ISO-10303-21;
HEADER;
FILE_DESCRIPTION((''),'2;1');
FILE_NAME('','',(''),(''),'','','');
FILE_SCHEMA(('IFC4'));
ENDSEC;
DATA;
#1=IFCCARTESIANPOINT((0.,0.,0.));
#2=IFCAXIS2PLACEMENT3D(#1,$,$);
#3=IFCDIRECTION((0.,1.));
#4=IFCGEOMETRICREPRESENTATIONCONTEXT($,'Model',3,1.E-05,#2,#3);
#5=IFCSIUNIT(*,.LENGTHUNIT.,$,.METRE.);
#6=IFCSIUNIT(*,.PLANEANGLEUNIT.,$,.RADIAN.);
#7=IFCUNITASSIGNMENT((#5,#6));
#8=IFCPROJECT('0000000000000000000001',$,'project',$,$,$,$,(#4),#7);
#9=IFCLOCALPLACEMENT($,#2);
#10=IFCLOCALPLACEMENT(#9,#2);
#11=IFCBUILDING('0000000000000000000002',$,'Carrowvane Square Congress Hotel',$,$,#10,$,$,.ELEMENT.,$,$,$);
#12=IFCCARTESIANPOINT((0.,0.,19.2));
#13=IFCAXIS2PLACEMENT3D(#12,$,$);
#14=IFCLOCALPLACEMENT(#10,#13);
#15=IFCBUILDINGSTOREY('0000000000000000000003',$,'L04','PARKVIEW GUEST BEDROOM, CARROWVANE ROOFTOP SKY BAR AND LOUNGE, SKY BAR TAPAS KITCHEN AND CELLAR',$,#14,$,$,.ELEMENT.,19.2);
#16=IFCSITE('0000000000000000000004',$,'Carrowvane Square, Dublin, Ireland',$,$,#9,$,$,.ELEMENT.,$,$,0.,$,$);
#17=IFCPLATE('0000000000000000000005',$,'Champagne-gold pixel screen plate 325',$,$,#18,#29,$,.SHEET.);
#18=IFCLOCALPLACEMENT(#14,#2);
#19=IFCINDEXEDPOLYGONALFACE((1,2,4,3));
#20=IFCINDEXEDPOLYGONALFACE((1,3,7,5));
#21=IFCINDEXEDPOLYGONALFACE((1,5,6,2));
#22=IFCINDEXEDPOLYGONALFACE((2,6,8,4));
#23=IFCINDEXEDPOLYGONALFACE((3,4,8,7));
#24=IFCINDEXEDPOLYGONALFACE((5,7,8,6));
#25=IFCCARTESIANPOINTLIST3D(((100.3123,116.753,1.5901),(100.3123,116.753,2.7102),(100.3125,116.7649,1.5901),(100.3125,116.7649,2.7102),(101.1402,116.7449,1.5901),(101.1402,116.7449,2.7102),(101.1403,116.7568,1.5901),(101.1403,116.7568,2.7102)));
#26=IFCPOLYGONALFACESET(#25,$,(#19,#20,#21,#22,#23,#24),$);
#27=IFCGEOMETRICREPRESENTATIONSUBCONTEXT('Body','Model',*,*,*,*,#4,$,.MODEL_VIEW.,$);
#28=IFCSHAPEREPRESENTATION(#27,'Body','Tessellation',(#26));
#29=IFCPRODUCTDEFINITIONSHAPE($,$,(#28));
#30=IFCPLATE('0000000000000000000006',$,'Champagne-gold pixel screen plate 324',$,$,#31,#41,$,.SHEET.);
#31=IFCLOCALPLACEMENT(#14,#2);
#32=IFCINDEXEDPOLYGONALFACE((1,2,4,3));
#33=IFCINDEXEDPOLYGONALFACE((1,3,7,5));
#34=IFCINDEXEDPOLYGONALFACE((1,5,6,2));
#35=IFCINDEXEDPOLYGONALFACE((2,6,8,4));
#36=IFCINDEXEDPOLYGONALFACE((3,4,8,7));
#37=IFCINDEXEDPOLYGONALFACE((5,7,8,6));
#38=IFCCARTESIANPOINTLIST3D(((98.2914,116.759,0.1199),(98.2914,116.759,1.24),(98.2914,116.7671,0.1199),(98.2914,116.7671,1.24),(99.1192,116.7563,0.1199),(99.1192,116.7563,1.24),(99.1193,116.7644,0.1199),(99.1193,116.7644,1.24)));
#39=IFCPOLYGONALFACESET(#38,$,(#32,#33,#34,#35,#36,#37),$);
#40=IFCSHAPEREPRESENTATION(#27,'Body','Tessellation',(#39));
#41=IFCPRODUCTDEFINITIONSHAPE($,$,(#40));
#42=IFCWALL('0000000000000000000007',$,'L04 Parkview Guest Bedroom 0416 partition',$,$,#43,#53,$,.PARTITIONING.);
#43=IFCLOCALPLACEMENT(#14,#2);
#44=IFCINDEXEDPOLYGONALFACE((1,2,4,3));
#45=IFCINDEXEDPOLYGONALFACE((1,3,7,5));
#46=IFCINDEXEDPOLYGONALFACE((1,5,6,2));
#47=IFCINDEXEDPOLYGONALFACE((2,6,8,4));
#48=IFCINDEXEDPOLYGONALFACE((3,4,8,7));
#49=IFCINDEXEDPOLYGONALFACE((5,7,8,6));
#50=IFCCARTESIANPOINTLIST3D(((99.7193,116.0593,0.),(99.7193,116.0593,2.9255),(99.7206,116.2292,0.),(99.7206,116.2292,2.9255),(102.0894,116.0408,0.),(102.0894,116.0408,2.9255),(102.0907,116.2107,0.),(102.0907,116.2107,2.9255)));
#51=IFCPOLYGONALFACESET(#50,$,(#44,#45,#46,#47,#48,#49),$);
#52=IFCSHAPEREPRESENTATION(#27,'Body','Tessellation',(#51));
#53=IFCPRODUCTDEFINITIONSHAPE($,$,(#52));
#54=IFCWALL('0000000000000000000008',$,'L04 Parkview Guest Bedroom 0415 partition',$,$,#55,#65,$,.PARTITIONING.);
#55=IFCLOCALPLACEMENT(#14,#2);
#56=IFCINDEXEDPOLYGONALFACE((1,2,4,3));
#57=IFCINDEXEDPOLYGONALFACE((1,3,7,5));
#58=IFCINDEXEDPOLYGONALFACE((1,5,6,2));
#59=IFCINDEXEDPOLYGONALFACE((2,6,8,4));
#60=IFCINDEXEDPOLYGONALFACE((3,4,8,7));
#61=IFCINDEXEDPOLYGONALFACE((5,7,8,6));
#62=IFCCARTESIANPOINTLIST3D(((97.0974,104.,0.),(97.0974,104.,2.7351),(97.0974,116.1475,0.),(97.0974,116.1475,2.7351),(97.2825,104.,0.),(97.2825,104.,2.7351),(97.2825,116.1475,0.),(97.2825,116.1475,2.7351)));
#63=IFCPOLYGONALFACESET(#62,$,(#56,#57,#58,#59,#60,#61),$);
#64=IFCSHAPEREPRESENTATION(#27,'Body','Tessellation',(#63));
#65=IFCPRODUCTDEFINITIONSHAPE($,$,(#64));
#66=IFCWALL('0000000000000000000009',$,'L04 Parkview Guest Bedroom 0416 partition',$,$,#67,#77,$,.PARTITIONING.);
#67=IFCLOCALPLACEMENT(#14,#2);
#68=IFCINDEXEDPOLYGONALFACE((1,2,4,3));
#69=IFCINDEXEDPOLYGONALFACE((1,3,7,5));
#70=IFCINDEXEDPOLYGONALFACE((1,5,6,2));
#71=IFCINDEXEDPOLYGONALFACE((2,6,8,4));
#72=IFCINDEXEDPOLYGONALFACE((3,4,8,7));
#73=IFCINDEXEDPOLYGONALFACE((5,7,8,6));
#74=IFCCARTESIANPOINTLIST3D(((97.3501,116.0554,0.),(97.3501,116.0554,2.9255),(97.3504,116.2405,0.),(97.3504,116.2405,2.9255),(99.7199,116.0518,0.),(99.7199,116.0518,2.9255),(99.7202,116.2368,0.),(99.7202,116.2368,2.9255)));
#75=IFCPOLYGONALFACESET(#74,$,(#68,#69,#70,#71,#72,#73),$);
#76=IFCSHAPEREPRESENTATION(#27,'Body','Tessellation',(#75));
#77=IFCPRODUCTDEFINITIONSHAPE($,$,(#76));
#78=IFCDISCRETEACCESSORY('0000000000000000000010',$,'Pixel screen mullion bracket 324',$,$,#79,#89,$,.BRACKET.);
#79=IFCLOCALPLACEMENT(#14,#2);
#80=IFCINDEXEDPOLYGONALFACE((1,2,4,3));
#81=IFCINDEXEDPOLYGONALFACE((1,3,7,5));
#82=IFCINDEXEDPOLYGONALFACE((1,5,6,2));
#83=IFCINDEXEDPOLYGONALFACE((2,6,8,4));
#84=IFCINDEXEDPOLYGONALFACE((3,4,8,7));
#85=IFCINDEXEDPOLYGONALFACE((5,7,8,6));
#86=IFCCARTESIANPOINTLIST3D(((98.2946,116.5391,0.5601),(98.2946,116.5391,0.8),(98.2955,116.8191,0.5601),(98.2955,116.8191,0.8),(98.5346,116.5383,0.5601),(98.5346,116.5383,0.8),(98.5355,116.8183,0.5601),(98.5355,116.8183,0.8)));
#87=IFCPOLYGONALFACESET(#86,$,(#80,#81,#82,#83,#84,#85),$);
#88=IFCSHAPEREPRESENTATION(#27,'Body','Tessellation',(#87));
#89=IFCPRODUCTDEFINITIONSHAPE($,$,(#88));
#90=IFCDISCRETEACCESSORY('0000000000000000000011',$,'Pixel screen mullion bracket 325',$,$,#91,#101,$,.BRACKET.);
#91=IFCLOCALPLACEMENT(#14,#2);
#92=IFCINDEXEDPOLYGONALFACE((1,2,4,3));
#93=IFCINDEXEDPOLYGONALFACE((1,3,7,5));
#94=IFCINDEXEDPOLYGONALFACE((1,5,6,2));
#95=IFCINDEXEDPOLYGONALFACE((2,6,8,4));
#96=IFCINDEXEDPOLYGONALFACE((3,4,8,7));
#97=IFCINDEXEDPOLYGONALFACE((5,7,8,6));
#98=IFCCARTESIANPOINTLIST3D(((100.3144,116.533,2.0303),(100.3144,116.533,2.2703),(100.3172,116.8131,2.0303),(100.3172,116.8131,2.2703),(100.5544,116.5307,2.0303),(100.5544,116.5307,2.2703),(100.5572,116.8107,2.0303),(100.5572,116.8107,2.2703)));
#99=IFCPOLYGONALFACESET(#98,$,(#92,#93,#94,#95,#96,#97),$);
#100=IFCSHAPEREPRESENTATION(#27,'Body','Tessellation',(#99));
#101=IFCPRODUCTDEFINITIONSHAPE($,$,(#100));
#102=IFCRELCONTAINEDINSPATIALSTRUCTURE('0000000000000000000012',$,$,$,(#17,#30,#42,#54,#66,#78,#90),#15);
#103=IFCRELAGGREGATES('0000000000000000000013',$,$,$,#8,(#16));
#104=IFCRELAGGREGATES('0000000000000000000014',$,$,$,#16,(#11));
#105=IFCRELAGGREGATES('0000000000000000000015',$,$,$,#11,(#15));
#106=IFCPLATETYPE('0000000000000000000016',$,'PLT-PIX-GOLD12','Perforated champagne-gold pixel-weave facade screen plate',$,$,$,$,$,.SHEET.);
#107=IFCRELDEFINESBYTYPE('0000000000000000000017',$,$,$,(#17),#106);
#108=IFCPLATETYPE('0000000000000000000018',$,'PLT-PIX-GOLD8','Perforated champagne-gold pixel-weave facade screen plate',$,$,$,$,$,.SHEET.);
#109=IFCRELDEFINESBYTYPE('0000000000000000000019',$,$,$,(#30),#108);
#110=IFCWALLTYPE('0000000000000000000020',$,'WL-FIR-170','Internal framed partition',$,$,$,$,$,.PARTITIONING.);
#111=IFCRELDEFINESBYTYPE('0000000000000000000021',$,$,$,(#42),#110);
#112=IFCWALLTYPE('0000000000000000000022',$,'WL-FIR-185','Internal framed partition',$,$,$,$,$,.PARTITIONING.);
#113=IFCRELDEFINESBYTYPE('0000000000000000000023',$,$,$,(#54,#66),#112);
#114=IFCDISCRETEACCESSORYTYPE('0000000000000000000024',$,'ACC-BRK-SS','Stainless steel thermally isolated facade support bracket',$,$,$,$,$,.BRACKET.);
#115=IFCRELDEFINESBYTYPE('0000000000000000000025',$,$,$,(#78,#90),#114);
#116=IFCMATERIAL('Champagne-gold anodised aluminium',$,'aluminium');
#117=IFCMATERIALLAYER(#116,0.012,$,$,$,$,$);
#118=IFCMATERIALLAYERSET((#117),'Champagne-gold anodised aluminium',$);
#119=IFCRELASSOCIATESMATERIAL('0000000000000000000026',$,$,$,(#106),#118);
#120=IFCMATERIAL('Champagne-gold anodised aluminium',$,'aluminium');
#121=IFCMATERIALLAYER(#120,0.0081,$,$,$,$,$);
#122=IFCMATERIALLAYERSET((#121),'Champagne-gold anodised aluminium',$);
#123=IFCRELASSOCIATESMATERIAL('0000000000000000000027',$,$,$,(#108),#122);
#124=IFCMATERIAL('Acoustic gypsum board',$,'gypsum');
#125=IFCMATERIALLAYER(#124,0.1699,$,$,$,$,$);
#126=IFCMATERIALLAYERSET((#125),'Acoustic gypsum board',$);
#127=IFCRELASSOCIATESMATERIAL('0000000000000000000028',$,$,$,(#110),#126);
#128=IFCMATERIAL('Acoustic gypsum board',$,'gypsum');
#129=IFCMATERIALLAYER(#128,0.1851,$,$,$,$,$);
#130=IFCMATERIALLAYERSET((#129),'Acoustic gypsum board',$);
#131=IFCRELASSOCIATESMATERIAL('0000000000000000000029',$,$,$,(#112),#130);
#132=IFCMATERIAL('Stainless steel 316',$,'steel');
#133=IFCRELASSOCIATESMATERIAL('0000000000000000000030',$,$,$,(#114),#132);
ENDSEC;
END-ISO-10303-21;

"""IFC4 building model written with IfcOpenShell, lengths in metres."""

from ifc_helpers import new_model, si_unit, direction, frame, frame_2d, origin, origin_2d, place, context, subcontext, project, spatial, rectangle, extrude, material, layer, layer_set, type_object, element, save


model = new_model("IFC4")

# Units and contexts
model_context = context("Model", 3, precision=1e-05, world=origin(), true_north=direction((0.0, 1.0)))
body_context = subcontext(model_context, "Body", "Model", "MODEL_VIEW")
ifc_project = project(units=[si_unit("LENGTHUNIT", "METRE"), si_unit("PLANEANGLEUNIT", "RADIAN")], contexts=[model_context])

# Site, building, storey
site_placement = place(None, origin())
site = spatial("IfcSite", under=ifc_project, at=site_placement, Name="Carrowvane Square, Dublin, Ireland", CompositionType="ELEMENT", RefElevation=0.0)
building_placement = place(site_placement, origin())
building = spatial("IfcBuilding", under=site, at=building_placement, Name="Carrowvane Square Congress Hotel", CompositionType="ELEMENT")
storey_placement = place(building_placement, frame((0.0, 0.0, 19.2)))
storey = spatial("IfcBuildingStorey", under=building, at=storey_placement, Name="L04", Description="PARKVIEW GUEST BEDROOM, CARROWVANE ROOFTOP SKY BAR AND LOUNGE, SKY BAR TAPAS KITCHEN AND CELLAR", CompositionType="ELEMENT", Elevation=19.2)

# Plates
ifc_material_1 = material(Name="Champagne-gold anodised aluminium", Category="aluminium")
ifc_layer_1 = layer(ifc_material_1, 0.012)
ifc_layer_set_1 = layer_set([ifc_layer_1], Name="Champagne-gold anodised aluminium")
plate_type_1 = type_object("IfcPlateType", Name="PLT-PIX-GOLD12", Description="Perforated champagne-gold pixel-weave facade screen plate", PredefinedType="SHEET", material=ifc_layer_set_1)
plate_1_placement = place(storey_placement, frame((100.7263, 116.7549, 1.5901), z_axis=(0.0, 0.0, 1.0), x_axis=(0.999952, -0.009782, 0.0)))
element("IfcPlate", 1, at=plate_1_placement, inside=storey, type_object=plate_type_1, Name="Champagne-gold pixel screen plate 325", PredefinedType="SHEET", context=body_context, shape_type="SweptSolid", body=[
    extrude(rectangle(XDim=0.8279, YDim=0.012, at=origin_2d()), origin(), (0.0, 0.0, 1.0), 1.1201),
])
ifc_material_2 = material(Name="Champagne-gold anodised aluminium", Category="aluminium")
ifc_layer_2 = layer(ifc_material_2, 0.0081)
ifc_layer_set_2 = layer_set([ifc_layer_2], Name="Champagne-gold anodised aluminium")
plate_type_2 = type_object("IfcPlateType", Name="PLT-PIX-GOLD8", Description="Perforated champagne-gold pixel-weave facade screen plate", PredefinedType="SHEET", material=ifc_layer_set_2)
plate_2_placement = place(storey_placement, frame((98.7053, 116.7617, 0.1199), z_axis=(0.0, 0.0, 1.0), x_axis=(0.999995, -0.00327, 0.0)))
element("IfcPlate", 2, at=plate_2_placement, inside=storey, type_object=plate_type_2, Name="Champagne-gold pixel screen plate 324", PredefinedType="SHEET", context=body_context, shape_type="SweptSolid", body=[
    extrude(rectangle(XDim=0.8279, YDim=0.0081, at=origin_2d()), origin(), (0.0, 0.0, 1.0), 1.1201),
])

# Walls
ifc_material_3 = material(Name="Acoustic gypsum board", Category="gypsum")
ifc_layer_3 = layer(ifc_material_3, 0.1699)
ifc_layer_set_3 = layer_set([ifc_layer_3], Name="Acoustic gypsum board")
wall_type_1 = type_object("IfcWallType", Name="WL-FIR-170", Description="Internal framed partition", PredefinedType="PARTITIONING", material=ifc_layer_set_3)
wall_1_placement = place(storey_placement, frame((99.72, 116.1443, 0.0), z_axis=(0.0, 0.0, 1.0), x_axis=(0.999969, -0.007828, 0.0)))
element("IfcWall", 3, at=wall_1_placement, inside=storey, type_object=wall_type_1, Name="L04 Parkview Guest Bedroom 0416 partition", PredefinedType="PARTITIONING", context=body_context, shape_type="SweptSolid", body=[
    extrude(rectangle(XDim=2.3701, YDim=0.1699, at=frame_2d((1.1851, 0.0))), origin(), (0.0, 0.0, 1.0), 2.9255),
])
ifc_material_4 = material(Name="Acoustic gypsum board", Category="gypsum")
ifc_layer_4 = layer(ifc_material_4, 0.1851)
ifc_layer_set_4 = layer_set([ifc_layer_4], Name="Acoustic gypsum board")
wall_type_2 = type_object("IfcWallType", Name="WL-FIR-185", Description="Internal framed partition", PredefinedType="PARTITIONING", material=ifc_layer_set_4)
wall_2_placement = place(storey_placement, frame((97.1899, 116.1475, 0.0), z_axis=(0.0, 0.0, 1.0), x_axis=(0.0, -1.0, 0.0)))
element("IfcWall", 4, at=wall_2_placement, inside=storey, type_object=wall_type_2, Name="L04 Parkview Guest Bedroom 0415 partition", PredefinedType="PARTITIONING", context=body_context, shape_type="SweptSolid", body=[
    extrude(rectangle(XDim=12.1475, YDim=0.1851, at=frame_2d((6.0737, 0.0))), origin(), (0.0, 0.0, 1.0), 2.7351),
])
wall_3_placement = place(storey_placement, frame((97.3501, 116.1479, 0.0), z_axis=(0.0, 0.0, 1.0), x_axis=(0.999999, -0.001545, 0.0)))
element("IfcWall", 5, at=wall_3_placement, inside=storey, type_object=wall_type_2, Name="L04 Parkview Guest Bedroom 0416 partition", PredefinedType="PARTITIONING", context=body_context, shape_type="SweptSolid", body=[
    extrude(rectangle(XDim=2.3699, YDim=0.1851, at=frame_2d((1.1851, 0.0))), origin(), (0.0, 0.0, 1.0), 2.9255),
])

# Discrete accessories
ifc_material_5 = material(Name="Stainless steel 316", Category="steel")
discrete_accessory_type = type_object("IfcDiscreteAccessoryType", Name="ACC-BRK-SS", Description="Stainless steel thermally isolated facade support bracket", PredefinedType="BRACKET", material=ifc_material_5)
for number, where, z_axis, x_axis, name in (
    (6, (98.415, 116.6787, 0.5601), (0.0, 0.0, 1.0), (0.999995, -0.00327, 0.0), "Pixel screen mullion bracket 324"),
    (7, (100.4358, 116.6719, 2.0303), (0.0, 0.0, 1.0), (0.999952, -0.009782, 0.0), "Pixel screen mullion bracket 325"),
):
    element("IfcDiscreteAccessory", number, at=place(storey_placement, frame(where, z_axis=z_axis, x_axis=x_axis)), inside=storey, type_object=discrete_accessory_type, Name=name, PredefinedType="BRACKET", context=body_context, shape_type="SweptSolid", body=[
        extrude(rectangle(XDim=0.24, YDim=0.28, at=origin_2d()), origin(), (0.0, 0.0, 1.0), 0.24),
    ])

save(model, "model.ifc")
